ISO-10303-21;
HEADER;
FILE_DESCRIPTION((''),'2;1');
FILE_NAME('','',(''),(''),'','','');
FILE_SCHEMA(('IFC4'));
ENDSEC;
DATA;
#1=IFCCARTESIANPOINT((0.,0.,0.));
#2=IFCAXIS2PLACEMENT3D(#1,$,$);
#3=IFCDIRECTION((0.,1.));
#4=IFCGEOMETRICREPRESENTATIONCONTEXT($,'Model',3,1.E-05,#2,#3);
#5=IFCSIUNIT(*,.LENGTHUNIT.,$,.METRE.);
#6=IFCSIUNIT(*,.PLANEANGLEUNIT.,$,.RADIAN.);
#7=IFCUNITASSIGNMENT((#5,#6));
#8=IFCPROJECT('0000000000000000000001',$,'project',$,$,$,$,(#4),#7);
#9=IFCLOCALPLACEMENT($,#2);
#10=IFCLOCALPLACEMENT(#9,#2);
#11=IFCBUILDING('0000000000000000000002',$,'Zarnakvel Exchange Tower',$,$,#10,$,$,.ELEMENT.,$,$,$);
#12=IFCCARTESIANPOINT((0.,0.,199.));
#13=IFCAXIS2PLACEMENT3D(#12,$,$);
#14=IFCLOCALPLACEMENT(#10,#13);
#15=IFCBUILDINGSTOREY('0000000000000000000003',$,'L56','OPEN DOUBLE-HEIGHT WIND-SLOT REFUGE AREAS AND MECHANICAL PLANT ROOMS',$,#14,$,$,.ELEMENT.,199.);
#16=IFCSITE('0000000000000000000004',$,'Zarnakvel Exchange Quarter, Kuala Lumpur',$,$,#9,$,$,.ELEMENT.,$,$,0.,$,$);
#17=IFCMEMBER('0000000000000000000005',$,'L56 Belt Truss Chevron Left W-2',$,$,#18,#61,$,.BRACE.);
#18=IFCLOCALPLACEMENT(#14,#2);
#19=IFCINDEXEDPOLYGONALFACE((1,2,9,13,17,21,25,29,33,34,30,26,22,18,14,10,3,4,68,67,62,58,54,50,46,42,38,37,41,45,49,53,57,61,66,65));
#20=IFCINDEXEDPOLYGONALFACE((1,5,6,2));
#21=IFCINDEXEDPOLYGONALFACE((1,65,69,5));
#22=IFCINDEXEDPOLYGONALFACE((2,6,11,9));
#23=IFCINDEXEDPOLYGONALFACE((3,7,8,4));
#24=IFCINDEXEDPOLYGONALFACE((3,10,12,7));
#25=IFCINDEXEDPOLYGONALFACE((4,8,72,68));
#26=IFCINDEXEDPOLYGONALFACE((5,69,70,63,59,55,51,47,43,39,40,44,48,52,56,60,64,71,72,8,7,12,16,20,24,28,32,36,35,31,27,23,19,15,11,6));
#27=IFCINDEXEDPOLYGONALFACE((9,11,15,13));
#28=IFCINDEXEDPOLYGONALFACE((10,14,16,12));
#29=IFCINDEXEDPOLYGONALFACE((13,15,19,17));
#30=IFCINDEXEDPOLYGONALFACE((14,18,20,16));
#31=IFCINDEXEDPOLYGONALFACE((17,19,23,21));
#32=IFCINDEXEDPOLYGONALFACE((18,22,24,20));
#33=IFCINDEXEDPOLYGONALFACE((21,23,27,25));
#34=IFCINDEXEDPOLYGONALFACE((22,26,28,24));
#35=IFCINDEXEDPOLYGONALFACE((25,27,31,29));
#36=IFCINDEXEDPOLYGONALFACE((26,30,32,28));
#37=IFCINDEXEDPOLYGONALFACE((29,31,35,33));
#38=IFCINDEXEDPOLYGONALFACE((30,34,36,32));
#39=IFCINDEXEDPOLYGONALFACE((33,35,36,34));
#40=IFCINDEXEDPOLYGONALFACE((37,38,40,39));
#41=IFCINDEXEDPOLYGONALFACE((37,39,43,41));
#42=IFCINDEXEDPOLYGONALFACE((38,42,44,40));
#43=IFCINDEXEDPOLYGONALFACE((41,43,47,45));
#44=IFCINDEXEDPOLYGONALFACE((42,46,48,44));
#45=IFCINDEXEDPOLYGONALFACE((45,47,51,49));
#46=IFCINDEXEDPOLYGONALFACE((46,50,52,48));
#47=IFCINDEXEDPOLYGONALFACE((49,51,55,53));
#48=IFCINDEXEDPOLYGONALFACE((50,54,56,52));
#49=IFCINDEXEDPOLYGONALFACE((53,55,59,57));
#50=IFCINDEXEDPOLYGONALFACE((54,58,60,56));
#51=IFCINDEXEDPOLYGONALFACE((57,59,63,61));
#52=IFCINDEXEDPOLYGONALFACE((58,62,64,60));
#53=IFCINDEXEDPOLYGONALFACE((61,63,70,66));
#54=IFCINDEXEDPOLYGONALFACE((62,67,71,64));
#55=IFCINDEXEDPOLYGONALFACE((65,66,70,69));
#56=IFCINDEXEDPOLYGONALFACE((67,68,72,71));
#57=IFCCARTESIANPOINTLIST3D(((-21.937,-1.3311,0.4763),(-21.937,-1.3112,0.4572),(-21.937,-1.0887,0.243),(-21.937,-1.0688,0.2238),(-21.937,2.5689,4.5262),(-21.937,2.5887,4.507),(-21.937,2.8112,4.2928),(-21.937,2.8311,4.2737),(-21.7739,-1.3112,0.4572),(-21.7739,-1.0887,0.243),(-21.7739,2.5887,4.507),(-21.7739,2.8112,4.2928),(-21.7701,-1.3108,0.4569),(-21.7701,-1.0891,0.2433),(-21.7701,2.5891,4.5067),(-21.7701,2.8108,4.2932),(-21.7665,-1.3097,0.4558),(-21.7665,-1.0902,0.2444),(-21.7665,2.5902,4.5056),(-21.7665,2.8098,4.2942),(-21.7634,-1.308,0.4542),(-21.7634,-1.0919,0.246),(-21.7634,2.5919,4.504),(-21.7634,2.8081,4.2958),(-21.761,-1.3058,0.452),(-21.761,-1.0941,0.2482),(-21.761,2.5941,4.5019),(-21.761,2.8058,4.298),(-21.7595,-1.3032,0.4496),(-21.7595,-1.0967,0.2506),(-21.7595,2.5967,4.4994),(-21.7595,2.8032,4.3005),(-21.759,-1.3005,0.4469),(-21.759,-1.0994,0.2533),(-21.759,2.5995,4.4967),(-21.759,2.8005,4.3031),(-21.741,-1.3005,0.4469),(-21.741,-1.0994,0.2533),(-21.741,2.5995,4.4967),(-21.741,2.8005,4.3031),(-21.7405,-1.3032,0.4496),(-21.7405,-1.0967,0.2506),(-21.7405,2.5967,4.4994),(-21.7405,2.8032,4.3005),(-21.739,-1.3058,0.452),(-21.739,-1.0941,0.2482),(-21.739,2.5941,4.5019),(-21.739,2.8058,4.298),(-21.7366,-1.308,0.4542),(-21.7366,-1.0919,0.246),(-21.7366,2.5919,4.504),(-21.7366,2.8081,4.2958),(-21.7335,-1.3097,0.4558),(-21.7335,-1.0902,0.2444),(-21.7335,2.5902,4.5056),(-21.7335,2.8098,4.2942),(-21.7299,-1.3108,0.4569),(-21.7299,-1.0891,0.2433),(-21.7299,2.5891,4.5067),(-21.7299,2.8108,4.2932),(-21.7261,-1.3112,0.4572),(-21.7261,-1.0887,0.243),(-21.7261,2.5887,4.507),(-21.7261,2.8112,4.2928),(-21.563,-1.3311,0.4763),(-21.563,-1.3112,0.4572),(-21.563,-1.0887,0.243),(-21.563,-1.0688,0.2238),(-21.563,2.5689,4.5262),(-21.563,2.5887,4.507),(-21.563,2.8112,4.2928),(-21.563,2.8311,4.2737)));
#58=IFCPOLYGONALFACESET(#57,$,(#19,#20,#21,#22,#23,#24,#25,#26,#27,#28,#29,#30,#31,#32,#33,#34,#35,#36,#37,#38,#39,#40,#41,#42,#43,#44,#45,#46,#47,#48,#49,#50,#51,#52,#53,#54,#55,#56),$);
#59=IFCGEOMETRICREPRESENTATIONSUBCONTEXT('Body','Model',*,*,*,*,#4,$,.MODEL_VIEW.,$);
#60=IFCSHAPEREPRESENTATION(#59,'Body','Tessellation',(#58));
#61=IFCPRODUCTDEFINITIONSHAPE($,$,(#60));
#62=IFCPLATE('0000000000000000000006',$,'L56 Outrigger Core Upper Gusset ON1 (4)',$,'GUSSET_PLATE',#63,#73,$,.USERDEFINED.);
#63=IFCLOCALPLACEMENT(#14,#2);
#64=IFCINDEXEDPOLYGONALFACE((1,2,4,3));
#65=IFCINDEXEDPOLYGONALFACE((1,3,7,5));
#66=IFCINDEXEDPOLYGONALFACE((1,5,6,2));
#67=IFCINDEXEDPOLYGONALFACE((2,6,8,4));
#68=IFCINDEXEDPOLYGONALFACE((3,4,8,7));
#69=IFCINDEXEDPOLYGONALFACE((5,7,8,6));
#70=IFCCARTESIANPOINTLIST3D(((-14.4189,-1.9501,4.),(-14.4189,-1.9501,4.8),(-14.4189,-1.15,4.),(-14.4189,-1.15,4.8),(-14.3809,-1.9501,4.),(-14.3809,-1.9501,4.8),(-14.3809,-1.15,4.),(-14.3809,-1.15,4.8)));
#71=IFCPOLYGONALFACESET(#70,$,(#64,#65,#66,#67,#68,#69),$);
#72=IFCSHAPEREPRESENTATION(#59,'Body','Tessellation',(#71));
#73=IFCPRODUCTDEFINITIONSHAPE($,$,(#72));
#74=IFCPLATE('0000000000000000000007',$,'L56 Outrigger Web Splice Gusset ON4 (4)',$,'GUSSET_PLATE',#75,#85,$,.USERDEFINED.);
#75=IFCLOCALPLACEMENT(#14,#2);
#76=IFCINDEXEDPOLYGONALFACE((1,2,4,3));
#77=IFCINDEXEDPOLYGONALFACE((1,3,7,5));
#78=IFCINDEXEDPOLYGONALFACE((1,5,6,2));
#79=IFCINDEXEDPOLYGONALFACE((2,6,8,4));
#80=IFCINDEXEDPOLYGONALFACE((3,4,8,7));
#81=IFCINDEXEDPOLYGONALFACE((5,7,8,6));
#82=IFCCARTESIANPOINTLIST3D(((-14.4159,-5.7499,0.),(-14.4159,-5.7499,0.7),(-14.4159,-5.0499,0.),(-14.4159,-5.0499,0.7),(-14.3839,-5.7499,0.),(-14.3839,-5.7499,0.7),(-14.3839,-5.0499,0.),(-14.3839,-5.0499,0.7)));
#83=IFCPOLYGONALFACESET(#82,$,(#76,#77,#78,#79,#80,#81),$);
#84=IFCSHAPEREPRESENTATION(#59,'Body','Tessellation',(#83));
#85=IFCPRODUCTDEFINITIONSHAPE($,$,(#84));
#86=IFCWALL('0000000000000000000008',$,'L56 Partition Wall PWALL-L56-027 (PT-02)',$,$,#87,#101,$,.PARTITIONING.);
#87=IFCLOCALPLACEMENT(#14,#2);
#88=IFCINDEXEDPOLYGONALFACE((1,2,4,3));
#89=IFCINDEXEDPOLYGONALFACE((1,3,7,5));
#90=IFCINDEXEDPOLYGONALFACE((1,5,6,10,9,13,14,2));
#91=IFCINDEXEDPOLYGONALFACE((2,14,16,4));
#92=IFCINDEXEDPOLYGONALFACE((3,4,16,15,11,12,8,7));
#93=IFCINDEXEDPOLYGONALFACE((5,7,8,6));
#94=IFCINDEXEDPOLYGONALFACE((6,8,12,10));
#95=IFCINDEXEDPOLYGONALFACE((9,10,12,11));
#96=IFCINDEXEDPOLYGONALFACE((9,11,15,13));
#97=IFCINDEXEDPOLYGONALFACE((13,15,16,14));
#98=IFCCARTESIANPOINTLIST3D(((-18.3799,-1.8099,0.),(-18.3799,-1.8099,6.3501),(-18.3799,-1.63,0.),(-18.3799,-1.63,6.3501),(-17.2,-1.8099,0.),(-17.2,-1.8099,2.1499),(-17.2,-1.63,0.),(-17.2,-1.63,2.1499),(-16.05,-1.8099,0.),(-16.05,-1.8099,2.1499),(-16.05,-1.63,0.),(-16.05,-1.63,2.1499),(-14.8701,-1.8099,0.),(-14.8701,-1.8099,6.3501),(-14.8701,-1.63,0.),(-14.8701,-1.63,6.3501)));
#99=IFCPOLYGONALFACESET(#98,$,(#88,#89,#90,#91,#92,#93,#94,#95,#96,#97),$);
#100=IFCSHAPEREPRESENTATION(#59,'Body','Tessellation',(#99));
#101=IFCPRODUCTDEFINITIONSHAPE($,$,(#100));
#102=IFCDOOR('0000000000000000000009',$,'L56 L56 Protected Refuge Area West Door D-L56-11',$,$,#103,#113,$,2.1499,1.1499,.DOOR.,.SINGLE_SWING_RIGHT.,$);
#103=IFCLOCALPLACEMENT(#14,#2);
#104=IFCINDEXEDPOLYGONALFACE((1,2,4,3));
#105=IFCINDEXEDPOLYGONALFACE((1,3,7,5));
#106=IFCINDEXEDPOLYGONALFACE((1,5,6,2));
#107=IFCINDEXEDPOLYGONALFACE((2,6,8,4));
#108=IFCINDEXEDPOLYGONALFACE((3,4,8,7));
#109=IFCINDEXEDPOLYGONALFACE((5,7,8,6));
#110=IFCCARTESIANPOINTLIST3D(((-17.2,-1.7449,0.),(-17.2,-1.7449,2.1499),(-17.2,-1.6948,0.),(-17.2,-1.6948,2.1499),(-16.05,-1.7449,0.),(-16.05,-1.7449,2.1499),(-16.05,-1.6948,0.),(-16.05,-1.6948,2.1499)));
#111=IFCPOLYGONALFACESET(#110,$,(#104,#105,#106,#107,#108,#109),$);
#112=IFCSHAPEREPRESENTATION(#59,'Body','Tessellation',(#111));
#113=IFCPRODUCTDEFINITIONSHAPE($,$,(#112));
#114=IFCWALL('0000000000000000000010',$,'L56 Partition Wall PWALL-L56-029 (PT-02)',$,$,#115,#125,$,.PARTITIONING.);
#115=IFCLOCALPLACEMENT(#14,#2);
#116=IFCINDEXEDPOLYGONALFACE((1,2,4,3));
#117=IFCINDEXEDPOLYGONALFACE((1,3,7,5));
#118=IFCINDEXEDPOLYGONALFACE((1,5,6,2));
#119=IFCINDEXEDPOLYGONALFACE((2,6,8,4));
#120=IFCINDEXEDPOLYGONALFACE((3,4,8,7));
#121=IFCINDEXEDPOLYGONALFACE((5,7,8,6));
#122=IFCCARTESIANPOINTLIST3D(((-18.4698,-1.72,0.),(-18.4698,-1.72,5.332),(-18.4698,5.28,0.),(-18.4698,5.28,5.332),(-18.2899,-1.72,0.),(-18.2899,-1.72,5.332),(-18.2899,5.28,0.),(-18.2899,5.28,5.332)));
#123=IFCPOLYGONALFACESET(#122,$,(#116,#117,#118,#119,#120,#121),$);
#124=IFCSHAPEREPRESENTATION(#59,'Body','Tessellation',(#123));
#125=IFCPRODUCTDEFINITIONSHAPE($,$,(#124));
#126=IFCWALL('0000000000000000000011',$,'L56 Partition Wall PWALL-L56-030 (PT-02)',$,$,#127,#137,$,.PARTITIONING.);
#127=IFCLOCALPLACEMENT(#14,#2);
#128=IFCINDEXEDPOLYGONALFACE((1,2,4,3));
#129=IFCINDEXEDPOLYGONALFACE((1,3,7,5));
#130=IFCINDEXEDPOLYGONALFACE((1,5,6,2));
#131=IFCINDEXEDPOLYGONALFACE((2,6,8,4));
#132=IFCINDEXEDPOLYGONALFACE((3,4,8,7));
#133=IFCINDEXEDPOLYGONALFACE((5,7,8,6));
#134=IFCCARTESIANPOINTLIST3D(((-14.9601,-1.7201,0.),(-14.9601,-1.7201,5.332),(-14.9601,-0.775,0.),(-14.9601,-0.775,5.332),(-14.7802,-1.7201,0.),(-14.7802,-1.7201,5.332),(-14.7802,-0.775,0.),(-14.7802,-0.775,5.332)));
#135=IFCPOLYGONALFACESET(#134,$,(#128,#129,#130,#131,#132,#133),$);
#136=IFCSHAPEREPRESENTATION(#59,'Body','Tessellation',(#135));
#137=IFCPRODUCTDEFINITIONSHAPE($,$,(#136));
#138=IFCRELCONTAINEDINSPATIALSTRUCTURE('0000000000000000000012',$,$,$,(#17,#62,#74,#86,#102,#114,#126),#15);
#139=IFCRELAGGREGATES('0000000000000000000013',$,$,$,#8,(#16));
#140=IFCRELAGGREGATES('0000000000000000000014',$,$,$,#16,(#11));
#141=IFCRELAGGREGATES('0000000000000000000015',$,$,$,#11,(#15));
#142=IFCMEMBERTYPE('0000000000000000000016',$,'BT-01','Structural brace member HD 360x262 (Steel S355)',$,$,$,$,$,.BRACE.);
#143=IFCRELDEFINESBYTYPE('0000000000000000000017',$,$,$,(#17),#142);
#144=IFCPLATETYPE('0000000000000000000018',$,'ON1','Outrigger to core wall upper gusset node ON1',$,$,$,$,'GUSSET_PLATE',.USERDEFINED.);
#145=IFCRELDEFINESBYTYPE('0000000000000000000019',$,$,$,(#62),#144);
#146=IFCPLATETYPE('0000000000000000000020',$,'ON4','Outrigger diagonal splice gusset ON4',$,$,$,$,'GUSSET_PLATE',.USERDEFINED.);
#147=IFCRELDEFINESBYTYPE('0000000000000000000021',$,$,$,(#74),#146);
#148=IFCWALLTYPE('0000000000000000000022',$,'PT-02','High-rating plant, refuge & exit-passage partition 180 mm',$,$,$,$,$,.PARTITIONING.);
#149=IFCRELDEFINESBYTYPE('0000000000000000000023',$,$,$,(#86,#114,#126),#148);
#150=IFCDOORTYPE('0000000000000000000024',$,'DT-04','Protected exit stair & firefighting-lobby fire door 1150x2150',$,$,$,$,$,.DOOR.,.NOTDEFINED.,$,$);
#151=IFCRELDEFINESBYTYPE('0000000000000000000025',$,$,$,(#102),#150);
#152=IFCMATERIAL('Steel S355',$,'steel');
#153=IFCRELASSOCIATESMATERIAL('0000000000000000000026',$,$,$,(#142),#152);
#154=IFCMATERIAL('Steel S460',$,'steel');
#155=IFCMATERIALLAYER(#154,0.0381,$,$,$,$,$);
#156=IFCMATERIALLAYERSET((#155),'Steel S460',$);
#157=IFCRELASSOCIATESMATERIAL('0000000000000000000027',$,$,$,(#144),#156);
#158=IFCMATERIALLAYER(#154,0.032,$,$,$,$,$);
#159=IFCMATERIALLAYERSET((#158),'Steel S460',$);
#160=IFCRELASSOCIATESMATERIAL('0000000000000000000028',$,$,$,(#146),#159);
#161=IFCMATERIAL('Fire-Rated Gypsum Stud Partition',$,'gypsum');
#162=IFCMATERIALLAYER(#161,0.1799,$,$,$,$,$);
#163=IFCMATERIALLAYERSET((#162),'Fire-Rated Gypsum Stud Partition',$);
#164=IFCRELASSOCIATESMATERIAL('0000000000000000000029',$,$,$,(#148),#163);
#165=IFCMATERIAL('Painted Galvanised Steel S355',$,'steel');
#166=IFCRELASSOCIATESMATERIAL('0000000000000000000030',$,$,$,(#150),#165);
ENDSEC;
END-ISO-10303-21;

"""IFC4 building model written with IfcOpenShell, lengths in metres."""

from ifc_helpers import new_model, si_unit, direction, frame, frame_2d, origin, origin_2d, place, context, subcontext, project, spatial, rectangle, i_section, extrude, source, transform, mapped, material, layer, layer_set, material_profile, profile_set, type_object, element, fill, save


model = new_model("IFC4")

# Units and contexts
model_context = context("Model", 3, precision=1e-05, world=origin(), true_north=direction((0.0, 1.0)))
body_context = subcontext(model_context, "Body", "Model", "MODEL_VIEW")
ifc_project = project(units=[si_unit("LENGTHUNIT", "METRE"), si_unit("PLANEANGLEUNIT", "RADIAN")], contexts=[model_context])

# Site, building, storey
site_placement = place(None, origin())
site = spatial("IfcSite", under=ifc_project, at=site_placement, Name="Zarnakvel Exchange Quarter, Kuala Lumpur", CompositionType="ELEMENT", RefElevation=0.0)
building_placement = place(site_placement, origin())
building = spatial("IfcBuilding", under=site, at=building_placement, Name="Zarnakvel Exchange Tower", CompositionType="ELEMENT")
storey_placement = place(building_placement, frame((0.0, 0.0, 199.0)))
storey = spatial("IfcBuildingStorey", under=building, at=storey_placement, Name="L56", Description="OPEN DOUBLE-HEIGHT WIND-SLOT REFUGE AREAS AND MECHANICAL PLANT ROOMS", CompositionType="ELEMENT", Elevation=199.0)

# Shared definitions
ifc_material_1 = material(Name="Steel S355", Category="steel")

# Shared definitions
ifc_material_2 = material(Name="Steel S460", Category="steel")

# Member
ifc_material_profile_1 = material_profile(ifc_material_1, i_section(OverallWidth=0.374, OverallDepth=0.364, WebThickness=0.0181, FlangeThickness=0.0276, FilletRadius=0.0149, at=origin_2d()))
ifc_profile_set_1 = profile_set([ifc_material_profile_1], Name="Steel S355")
member_type_1 = type_object("IfcMemberType", Name="BT-01", Description="Structural brace member HD 360x262 (Steel S355)", PredefinedType="BRACE", material=ifc_profile_set_1)
shared_shape_1 = source(origin(), body_context, "Body", "SweptSolid", [
    extrude(i_section(OverallWidth=0.374, OverallDepth=0.364, WebThickness=0.0181, FlangeThickness=0.0276, FilletRadius=0.0149, at=origin_2d()), origin(), (0.0, 0.0, 1.0), 5.6223),
])
member_1_placement = place(storey_placement, frame((-21.75, -1.2, 0.3501), z_axis=(0.0, 0.69365, 0.720312), x_axis=(-1.0, 0.0, 0.0)))
element("IfcMember", 1, at=member_1_placement, inside=storey, type_object=member_type_1, Name="L56 Belt Truss Chevron Left W-2", PredefinedType="BRACE", context=body_context, shape_type="MappedRepresentation", body=[
    mapped(shared_shape_1, transform((0.0, 0.0, 0.0), x_axis=(1.0, 0.0, 0.0), y_axis=(0.0, 1.0, 0.0), z_axis=(0.0, 0.0, 1.0), scale=1.0)),
])

# Plates
ifc_layer_1 = layer(ifc_material_2, 0.0381)
ifc_layer_set_1 = layer_set([ifc_layer_1], Name="Steel S460")
plate_type_1 = type_object("IfcPlateType", Name="ON1", Description="Outrigger to core wall upper gusset node ON1", ElementType="GUSSET_PLATE", PredefinedType="USERDEFINED", material=ifc_layer_set_1)
shared_shape_2 = source(origin(), body_context, "Body", "SweptSolid", [
    extrude(rectangle(XDim=0.0381, YDim=0.8, at=origin_2d()), origin(), (0.0, 0.0, 1.0), 0.8),
])
plate_1_placement = place(storey_placement, frame((-14.3999, -1.55, 4.0), z_axis=(0.0, 0.0, 1.0), x_axis=(1.0, 0.0, 0.0)))
element("IfcPlate", 2, at=plate_1_placement, inside=storey, type_object=plate_type_1, Name="L56 Outrigger Core Upper Gusset ON1 (4)", ObjectType="GUSSET_PLATE", PredefinedType="USERDEFINED", context=body_context, shape_type="MappedRepresentation", body=[
    mapped(shared_shape_2, transform((0.0, 0.0, 0.0), x_axis=(1.0, 0.0, 0.0), y_axis=(0.0, 1.0, 0.0), z_axis=(0.0, 0.0, 1.0), scale=1.0)),
])
ifc_layer_2 = layer(ifc_material_2, 0.032)
ifc_layer_set_2 = layer_set([ifc_layer_2], Name="Steel S460")
plate_type_2 = type_object("IfcPlateType", Name="ON4", Description="Outrigger diagonal splice gusset ON4", ElementType="GUSSET_PLATE", PredefinedType="USERDEFINED", material=ifc_layer_set_2)
shared_shape_3 = source(origin(), body_context, "Body", "SweptSolid", [
    extrude(rectangle(XDim=0.032, YDim=0.7, at=origin_2d()), origin(), (0.0, 0.0, 1.0), 0.7),
])
plate_2_placement = place(storey_placement, frame((-14.3999, -5.3999, 0.0), z_axis=(0.0, 0.0, 1.0), x_axis=(1.0, 0.0, 0.0)))
element("IfcPlate", 3, at=plate_2_placement, inside=storey, type_object=plate_type_2, Name="L56 Outrigger Web Splice Gusset ON4 (4)", ObjectType="GUSSET_PLATE", PredefinedType="USERDEFINED", context=body_context, shape_type="MappedRepresentation", body=[
    mapped(shared_shape_3, transform((0.0, 0.0, 0.0), x_axis=(1.0, 0.0, 0.0), y_axis=(0.0, 1.0, 0.0), z_axis=(0.0, 0.0, 1.0), scale=1.0)),
])

# Wall, opening, door
ifc_material_3 = material(Name="Fire-Rated Gypsum Stud Partition", Category="gypsum")
ifc_layer_3 = layer(ifc_material_3, 0.1799)
ifc_layer_set_3 = layer_set([ifc_layer_3], Name="Fire-Rated Gypsum Stud Partition")
wall_type = type_object("IfcWallType", Name="PT-02", Description="High-rating plant, refuge & exit-passage partition 180 mm", PredefinedType="PARTITIONING", material=ifc_layer_set_3)
wall_1_placement = place(storey_placement, frame((-14.8701, -1.72, 0.0), z_axis=(0.0, 0.0, 1.0), x_axis=(-1.0, 0.0, 0.0)))
wall_1 = element("IfcWall", 4, at=wall_1_placement, inside=storey, type_object=wall_type, Name="L56 Partition Wall PWALL-L56-027 (PT-02)", PredefinedType="PARTITIONING", context=body_context, shape_type="SweptSolid", body=[
    extrude(rectangle(XDim=3.5098, YDim=0.1799, at=frame_2d((1.7549, 0.0))), origin(), (0.0, 0.0, 1.0), 6.3501),
])
opening_placement = place(wall_1_placement, frame((1.1799, 0.0, 0.0)))
opening = element("IfcOpeningElement", 5, at=opening_placement, cuts=wall_1, PredefinedType="OPENING", context=body_context, shape_type="SweptSolid", body=[
    extrude(rectangle(XDim=1.1499, YDim=2.1499, at=frame_2d((0.575, 1.075))), frame((0.0, 0.0999, 0.0), z_axis=(0.0, -1.0, 0.0), x_axis=(1.0, 0.0, 0.0)), (0.0, 0.0, 1.0), 0.2),
])
ifc_material_4 = material(Name="Painted Galvanised Steel S355", Category="steel")
door_type = type_object("IfcDoorType", Name="DT-04", Description="Protected exit stair & firefighting-lobby fire door 1150x2150", OperationType="NOTDEFINED", PredefinedType="DOOR", material=ifc_material_4)
shared_shape_4 = source(origin(), body_context, "Body", "SweptSolid", [
    extrude(rectangle(XDim=1.1499, YDim=2.1499, at=frame_2d((0.575, 1.075))), frame((0.0, 0.0249, 0.0), z_axis=(0.0, -1.0, 0.0), x_axis=(1.0, 0.0, 0.0)), (0.0, 0.0, 1.0), 0.05),
])
door_placement = place(opening_placement, origin())
door = element("IfcDoor", 6, at=door_placement, inside=storey, type_object=door_type, Name="L56 L56 Protected Refuge Area West Door D-L56-11", OperationType="SINGLE_SWING_RIGHT", OverallHeight=2.1499, OverallWidth=1.1499, PredefinedType="DOOR", context=body_context, shape_type="MappedRepresentation", body=[
    mapped(shared_shape_4, transform((0.0, 0.0, 0.0), x_axis=(1.0, 0.0, 0.0), y_axis=(0.0, 1.0, 0.0), z_axis=(0.0, 0.0, 1.0), scale=1.0)),
])
fill(opening, door)

# Walls
wall_2_placement = place(storey_placement, frame((-18.3799, -1.72, 0.0), z_axis=(0.0, 0.0, 1.0), x_axis=(0.0, 1.0, 0.0)))
element("IfcWall", 7, at=wall_2_placement, inside=storey, type_object=wall_type, Name="L56 Partition Wall PWALL-L56-029 (PT-02)", PredefinedType="PARTITIONING", context=body_context, shape_type="SweptSolid", body=[
    extrude(rectangle(XDim=7.0, YDim=0.1799, at=frame_2d((3.5, 0.0))), origin(), (0.0, 0.0, 1.0), 5.332),
])
wall_3_placement = place(storey_placement, frame((-14.8701, -0.7749, 0.0), z_axis=(0.0, 0.0, 1.0), x_axis=(0.0, -1.0, 0.0)))
element("IfcWall", 8, at=wall_3_placement, inside=storey, type_object=wall_type, Name="L56 Partition Wall PWALL-L56-030 (PT-02)", PredefinedType="PARTITIONING", context=body_context, shape_type="SweptSolid", body=[
    extrude(rectangle(XDim=0.9451, YDim=0.1799, at=frame_2d((0.4727, 0.0))), origin(), (0.0, 0.0, 1.0), 5.332),
])

save(model, "model.ifc")
